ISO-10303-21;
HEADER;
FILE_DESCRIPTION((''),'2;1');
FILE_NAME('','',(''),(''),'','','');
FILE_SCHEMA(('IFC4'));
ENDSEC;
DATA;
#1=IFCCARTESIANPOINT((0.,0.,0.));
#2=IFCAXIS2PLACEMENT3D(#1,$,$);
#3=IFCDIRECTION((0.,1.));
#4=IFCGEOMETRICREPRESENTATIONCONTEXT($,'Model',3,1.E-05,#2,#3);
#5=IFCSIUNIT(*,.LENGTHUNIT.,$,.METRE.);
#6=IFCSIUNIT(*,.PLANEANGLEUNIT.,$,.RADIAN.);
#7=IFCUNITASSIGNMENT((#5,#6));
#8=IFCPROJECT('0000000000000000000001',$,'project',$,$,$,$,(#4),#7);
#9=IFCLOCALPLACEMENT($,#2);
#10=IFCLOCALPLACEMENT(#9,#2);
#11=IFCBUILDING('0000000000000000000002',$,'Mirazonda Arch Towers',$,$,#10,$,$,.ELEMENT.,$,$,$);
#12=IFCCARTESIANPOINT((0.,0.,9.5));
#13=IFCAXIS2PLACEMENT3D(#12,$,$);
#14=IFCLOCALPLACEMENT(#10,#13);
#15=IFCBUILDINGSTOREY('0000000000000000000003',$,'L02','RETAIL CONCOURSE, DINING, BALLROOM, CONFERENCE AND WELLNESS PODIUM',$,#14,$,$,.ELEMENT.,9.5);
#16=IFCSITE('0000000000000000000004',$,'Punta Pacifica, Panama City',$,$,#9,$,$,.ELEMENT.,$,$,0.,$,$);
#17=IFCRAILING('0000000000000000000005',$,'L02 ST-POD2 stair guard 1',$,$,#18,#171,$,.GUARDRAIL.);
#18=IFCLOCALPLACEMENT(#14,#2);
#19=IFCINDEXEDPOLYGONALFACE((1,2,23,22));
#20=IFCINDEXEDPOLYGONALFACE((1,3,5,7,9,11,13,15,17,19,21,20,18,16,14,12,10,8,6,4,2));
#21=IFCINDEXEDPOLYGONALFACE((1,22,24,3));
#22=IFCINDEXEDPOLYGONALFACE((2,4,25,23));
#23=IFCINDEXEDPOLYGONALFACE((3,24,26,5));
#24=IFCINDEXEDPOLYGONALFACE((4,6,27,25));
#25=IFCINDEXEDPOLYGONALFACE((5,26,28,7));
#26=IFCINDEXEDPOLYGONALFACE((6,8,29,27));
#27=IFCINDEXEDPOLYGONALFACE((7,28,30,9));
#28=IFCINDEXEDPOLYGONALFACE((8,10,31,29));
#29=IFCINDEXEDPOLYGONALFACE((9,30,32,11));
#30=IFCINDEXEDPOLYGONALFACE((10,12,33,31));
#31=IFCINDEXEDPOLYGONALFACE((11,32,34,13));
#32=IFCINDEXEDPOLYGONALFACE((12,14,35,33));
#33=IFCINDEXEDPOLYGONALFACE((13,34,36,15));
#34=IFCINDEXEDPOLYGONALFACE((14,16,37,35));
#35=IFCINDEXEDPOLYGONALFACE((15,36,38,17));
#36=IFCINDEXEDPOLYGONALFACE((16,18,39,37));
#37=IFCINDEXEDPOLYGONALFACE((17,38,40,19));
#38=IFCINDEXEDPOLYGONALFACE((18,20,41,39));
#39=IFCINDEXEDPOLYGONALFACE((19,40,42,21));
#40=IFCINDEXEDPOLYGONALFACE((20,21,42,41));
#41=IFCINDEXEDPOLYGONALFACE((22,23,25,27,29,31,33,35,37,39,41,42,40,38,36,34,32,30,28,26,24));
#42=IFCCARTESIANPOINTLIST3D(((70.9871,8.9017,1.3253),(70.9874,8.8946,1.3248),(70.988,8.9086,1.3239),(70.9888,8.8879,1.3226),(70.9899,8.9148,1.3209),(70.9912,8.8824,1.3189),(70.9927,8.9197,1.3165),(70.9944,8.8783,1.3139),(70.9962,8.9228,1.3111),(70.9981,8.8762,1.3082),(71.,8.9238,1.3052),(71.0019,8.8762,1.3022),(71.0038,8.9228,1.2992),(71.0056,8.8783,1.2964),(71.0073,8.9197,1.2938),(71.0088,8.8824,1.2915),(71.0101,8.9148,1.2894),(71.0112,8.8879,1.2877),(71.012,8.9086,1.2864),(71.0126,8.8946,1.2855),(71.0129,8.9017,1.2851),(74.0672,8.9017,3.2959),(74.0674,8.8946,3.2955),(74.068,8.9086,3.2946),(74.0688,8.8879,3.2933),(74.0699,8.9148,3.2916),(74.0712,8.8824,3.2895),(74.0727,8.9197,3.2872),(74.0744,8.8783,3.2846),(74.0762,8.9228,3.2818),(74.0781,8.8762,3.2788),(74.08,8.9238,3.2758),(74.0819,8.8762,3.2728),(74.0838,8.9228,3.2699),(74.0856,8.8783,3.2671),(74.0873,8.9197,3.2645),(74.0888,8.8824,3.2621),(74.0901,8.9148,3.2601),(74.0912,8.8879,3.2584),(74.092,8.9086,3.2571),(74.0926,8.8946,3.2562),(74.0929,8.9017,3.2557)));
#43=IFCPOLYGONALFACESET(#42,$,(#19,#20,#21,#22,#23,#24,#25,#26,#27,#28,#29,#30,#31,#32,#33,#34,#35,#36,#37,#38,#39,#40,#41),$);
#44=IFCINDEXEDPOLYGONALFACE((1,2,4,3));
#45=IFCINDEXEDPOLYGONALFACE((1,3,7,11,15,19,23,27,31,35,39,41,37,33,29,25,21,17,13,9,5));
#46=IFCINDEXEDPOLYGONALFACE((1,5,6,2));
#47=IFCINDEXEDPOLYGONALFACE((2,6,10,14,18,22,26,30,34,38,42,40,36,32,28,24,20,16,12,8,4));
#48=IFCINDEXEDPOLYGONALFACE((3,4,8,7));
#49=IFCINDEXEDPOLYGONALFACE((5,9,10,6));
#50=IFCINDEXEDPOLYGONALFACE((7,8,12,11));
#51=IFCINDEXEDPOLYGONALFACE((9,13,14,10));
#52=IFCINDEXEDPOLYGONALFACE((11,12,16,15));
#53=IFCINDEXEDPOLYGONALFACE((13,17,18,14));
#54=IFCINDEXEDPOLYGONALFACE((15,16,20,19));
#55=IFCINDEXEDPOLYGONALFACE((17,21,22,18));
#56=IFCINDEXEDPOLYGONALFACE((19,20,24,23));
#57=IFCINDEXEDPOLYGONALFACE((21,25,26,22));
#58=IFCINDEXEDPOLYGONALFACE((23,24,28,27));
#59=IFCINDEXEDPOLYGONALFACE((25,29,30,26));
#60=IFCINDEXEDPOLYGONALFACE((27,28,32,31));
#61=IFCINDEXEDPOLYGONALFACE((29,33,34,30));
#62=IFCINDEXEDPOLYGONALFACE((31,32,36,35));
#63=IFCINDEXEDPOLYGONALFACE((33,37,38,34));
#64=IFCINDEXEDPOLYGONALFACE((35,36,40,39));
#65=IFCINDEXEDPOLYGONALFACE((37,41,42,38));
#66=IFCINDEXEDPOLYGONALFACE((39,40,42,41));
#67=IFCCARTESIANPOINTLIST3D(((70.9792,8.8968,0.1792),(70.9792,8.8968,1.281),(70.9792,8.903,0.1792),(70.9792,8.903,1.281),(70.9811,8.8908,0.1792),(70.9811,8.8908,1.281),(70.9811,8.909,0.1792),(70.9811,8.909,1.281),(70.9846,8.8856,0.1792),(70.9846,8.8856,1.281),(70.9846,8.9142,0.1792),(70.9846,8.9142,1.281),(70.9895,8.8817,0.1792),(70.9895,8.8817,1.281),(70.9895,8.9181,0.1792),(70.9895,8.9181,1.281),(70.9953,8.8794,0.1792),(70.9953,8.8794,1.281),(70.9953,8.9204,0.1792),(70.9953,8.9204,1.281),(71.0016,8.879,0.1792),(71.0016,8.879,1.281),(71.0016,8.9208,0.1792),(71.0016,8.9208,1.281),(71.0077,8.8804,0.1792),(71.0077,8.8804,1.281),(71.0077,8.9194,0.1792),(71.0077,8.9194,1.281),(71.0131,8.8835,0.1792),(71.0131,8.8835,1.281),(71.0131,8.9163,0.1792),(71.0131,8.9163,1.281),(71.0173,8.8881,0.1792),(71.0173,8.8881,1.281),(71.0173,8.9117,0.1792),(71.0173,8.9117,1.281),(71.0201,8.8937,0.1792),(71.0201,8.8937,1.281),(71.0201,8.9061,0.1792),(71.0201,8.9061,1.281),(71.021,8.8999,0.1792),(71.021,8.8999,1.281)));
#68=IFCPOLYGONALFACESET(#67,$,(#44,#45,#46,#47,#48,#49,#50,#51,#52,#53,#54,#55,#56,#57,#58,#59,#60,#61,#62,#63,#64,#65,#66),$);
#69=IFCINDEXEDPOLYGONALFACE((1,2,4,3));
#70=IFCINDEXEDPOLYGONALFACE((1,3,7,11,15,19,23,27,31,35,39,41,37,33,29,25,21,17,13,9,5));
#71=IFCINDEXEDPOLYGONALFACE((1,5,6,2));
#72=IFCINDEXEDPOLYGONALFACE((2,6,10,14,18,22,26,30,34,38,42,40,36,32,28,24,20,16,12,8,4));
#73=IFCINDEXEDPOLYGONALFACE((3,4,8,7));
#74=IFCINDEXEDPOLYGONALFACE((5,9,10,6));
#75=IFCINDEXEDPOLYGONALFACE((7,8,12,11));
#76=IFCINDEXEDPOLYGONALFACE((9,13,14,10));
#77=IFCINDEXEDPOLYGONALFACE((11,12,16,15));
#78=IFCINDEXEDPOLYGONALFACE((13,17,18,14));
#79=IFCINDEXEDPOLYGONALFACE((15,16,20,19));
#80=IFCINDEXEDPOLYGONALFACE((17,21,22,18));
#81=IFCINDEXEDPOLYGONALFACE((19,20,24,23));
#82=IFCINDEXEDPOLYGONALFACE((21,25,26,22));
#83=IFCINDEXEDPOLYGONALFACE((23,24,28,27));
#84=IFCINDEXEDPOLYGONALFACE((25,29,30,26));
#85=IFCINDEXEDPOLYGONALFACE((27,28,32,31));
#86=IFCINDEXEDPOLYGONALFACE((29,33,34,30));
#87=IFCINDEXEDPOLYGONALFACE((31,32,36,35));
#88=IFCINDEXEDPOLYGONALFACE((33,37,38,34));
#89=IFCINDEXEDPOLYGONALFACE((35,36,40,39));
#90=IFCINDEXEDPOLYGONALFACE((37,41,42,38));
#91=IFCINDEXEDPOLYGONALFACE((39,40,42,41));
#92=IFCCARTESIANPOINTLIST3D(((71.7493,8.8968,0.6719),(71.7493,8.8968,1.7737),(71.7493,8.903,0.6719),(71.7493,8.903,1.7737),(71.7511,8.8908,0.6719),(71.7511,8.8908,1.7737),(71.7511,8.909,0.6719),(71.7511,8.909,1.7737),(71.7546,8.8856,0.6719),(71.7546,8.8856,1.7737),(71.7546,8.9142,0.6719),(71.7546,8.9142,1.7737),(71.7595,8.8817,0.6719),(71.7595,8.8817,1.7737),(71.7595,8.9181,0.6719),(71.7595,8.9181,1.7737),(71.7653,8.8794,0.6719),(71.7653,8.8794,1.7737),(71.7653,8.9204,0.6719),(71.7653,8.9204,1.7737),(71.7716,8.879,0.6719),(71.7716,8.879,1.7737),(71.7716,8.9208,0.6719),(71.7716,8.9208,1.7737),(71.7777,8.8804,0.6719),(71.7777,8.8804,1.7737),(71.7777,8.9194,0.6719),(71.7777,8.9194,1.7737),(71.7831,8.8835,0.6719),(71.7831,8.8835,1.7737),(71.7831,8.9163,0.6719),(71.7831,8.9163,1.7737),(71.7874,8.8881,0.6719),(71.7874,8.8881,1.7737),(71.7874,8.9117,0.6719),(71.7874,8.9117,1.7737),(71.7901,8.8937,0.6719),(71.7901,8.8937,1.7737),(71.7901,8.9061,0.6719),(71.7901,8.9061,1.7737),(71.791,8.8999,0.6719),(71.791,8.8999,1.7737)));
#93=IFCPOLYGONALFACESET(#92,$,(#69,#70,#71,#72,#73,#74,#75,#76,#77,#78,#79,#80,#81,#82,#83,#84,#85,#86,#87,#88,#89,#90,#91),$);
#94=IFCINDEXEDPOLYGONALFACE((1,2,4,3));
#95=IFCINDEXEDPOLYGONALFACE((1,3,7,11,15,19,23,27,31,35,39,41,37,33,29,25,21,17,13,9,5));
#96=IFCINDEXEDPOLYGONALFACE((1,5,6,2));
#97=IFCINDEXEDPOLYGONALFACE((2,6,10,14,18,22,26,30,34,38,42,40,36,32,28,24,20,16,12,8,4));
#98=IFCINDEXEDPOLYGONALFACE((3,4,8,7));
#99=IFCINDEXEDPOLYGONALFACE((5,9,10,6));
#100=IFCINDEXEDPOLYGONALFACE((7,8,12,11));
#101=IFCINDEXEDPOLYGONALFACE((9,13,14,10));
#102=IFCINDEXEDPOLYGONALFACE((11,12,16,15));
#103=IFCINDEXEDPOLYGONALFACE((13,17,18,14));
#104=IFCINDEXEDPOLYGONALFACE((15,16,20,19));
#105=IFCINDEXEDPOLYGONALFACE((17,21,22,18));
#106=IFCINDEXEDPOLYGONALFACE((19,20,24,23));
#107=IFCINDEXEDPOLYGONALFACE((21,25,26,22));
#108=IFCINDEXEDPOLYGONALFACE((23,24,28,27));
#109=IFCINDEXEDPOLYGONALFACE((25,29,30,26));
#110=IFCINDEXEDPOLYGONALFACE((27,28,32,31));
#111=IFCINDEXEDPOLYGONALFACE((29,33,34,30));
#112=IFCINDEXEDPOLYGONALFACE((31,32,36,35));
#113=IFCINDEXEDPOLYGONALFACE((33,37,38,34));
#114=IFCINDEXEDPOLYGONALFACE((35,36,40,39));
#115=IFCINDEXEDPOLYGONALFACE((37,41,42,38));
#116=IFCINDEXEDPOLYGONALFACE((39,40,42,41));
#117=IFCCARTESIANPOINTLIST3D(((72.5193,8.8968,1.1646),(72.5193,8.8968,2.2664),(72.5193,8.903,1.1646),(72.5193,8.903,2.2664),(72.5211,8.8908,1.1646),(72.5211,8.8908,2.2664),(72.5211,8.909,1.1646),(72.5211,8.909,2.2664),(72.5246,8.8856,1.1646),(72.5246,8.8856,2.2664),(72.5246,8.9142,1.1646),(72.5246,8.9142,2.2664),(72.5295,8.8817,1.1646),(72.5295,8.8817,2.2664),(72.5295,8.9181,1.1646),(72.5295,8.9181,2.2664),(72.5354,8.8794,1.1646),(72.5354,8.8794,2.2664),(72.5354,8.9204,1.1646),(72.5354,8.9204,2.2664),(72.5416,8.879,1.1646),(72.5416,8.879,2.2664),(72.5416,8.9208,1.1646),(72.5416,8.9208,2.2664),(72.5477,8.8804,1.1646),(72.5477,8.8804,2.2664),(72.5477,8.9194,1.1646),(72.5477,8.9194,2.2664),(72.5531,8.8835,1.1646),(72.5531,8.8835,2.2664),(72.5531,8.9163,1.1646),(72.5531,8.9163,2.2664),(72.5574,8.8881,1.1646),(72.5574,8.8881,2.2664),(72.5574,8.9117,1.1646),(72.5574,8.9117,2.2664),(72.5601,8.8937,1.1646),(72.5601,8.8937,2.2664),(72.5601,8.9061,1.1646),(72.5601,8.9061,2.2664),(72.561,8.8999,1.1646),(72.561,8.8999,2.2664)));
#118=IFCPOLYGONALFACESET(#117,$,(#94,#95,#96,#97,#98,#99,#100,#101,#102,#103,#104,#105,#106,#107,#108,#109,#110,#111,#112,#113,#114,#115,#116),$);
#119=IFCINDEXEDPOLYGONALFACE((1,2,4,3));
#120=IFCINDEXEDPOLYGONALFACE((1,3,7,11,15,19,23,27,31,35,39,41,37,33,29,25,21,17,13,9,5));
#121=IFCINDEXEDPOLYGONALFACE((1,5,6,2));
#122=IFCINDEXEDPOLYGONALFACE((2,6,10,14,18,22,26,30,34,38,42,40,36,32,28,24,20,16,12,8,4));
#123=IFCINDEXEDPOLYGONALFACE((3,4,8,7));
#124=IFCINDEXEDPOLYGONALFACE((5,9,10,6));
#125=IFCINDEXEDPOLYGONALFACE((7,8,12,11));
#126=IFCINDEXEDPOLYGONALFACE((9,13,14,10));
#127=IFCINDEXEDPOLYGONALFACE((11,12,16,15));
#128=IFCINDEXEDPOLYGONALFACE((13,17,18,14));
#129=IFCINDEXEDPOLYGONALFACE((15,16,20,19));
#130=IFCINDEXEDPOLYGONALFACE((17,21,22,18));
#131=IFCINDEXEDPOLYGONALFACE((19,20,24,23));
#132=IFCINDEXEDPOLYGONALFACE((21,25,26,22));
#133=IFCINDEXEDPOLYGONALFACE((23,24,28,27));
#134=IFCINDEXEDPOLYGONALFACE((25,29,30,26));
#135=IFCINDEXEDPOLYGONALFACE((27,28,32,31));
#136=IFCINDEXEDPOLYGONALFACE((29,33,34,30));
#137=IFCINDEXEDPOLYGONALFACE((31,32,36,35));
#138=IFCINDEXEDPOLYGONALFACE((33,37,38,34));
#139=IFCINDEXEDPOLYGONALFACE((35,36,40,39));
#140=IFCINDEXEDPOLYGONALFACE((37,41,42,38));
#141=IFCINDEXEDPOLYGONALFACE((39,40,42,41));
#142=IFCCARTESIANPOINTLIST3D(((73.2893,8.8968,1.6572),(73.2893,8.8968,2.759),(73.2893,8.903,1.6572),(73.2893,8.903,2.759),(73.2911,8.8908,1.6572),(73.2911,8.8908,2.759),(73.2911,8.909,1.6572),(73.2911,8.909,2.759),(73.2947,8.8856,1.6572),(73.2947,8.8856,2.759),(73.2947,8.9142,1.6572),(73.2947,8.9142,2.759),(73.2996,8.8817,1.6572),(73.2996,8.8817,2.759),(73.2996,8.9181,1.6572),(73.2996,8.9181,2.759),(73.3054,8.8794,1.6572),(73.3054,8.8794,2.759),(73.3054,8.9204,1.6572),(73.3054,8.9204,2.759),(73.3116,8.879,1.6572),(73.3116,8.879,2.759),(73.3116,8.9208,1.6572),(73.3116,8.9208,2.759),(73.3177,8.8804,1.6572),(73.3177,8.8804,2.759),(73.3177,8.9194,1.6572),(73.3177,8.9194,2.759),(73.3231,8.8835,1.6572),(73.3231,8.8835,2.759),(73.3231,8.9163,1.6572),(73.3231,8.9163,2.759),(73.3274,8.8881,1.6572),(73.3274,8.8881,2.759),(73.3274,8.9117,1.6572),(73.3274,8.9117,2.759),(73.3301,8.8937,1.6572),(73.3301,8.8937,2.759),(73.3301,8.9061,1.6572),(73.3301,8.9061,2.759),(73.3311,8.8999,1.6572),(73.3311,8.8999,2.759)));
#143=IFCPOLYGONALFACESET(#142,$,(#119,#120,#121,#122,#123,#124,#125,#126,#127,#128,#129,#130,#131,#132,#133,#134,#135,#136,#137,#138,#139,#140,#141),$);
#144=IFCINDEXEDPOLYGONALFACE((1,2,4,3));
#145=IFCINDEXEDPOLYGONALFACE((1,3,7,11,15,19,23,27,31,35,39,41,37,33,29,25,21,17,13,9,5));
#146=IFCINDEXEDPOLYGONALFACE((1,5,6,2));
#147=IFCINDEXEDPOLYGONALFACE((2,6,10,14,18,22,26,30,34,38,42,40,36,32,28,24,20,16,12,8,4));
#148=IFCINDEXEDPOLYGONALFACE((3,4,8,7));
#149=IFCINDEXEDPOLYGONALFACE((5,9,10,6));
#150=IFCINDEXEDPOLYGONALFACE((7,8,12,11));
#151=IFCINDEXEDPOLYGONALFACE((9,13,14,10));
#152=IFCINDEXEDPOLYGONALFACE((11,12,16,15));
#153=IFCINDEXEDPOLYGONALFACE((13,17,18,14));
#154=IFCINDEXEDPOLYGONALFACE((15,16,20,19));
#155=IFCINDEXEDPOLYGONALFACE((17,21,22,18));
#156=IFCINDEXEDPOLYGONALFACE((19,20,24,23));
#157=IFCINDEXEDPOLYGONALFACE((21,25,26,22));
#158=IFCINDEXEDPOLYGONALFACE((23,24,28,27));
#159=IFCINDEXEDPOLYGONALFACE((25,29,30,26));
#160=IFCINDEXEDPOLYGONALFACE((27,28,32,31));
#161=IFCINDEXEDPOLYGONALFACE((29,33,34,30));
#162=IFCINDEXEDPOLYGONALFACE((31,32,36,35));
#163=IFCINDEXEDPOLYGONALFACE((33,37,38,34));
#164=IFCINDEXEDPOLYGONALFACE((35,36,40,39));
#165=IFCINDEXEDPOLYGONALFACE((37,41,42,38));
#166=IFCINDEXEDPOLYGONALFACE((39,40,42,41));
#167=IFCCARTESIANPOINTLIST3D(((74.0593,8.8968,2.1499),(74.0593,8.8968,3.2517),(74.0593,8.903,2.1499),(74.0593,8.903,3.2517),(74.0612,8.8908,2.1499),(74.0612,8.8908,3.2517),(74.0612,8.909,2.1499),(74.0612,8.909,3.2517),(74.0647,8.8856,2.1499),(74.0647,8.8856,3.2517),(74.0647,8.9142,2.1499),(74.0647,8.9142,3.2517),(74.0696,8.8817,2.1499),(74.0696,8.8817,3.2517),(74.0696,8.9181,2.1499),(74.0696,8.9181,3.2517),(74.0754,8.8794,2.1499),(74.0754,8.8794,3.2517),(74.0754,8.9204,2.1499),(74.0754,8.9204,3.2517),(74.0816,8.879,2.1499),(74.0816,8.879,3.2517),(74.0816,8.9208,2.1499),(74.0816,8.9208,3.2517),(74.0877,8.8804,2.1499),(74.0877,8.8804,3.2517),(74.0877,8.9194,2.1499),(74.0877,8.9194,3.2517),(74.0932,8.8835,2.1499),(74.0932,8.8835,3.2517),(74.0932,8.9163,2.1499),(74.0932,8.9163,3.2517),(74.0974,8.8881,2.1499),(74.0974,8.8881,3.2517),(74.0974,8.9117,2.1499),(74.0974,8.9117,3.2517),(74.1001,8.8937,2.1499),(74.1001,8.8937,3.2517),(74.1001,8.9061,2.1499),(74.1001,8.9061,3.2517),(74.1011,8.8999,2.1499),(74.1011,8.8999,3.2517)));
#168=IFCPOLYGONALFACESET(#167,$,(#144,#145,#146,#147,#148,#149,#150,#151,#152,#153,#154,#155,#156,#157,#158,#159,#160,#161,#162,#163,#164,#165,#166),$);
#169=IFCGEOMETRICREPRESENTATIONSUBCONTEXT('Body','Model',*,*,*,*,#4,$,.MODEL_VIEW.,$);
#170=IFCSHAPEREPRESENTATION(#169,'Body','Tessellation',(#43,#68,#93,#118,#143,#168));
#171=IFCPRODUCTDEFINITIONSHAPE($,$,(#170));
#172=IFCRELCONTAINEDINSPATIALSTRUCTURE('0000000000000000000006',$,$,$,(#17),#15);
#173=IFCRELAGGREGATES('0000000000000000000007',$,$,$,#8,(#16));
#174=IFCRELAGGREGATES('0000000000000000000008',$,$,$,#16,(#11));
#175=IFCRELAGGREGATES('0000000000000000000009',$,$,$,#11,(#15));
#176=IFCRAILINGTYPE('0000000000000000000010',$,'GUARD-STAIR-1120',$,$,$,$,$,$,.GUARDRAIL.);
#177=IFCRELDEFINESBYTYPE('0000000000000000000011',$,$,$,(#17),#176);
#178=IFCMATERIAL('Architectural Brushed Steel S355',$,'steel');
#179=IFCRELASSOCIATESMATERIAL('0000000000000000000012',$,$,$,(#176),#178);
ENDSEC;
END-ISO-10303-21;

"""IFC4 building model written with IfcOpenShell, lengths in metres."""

from ifc_helpers import new_model, si_unit, direction, frame, origin, origin_2d, place, context, subcontext, project, spatial, circle, extrude, material, type_object, element, save


model = new_model("IFC4")

# Units and contexts
model_context = context("Model", 3, precision=1e-05, world=origin(), true_north=direction((0.0, 1.0)))
body_context = subcontext(model_context, "Body", "Model", "MODEL_VIEW")
ifc_project = project(units=[si_unit("LENGTHUNIT", "METRE"), si_unit("PLANEANGLEUNIT", "RADIAN")], contexts=[model_context])

# Site, building, storey
site_placement = place(None, origin())
site = spatial("IfcSite", under=ifc_project, at=site_placement, Name="Punta Pacifica, Panama City", CompositionType="ELEMENT", RefElevation=0.0)
building_placement = place(site_placement, origin())
building = spatial("IfcBuilding", under=site, at=building_placement, Name="Mirazonda Arch Towers", CompositionType="ELEMENT")
storey_placement = place(building_placement, frame((0.0, 0.0, 9.5)))
storey = spatial("IfcBuildingStorey", under=building, at=storey_placement, Name="L02", Description="RETAIL CONCOURSE, DINING, BALLROOM, CONFERENCE AND WELLNESS PODIUM", CompositionType="ELEMENT", Elevation=9.5)

# Railing
ifc_material_1 = material(Name="Architectural Brushed Steel S355", Category="steel")
railing_type_1 = type_object("IfcRailingType", Name="GUARD-STAIR-1120", PredefinedType="GUARDRAIL", material=ifc_material_1)
railing_1_placement = place(storey_placement, frame((71.0, 8.8999, 0.1792)))
element("IfcRailing", 1, at=railing_1_placement, inside=storey, type_object=railing_type_1, Name="L02 ST-POD2 stair guard 1", PredefinedType="GUARDRAIL", context=body_context, shape_type="SweptSolid", body=[
    extrude(circle(Radius=0.0239, at=origin_2d()), frame((0.0, 0.0, 1.126), z_axis=(0.842339, 0.0, 0.538948), x_axis=(0.0, 1.0, 0.0)), (0.0, 0.0, 1.0), 3.6565),
    extrude(circle(Radius=0.021, at=origin_2d()), origin(), (0.0, 0.0, 1.0), 1.1018),
    extrude(circle(Radius=0.021, at=origin_2d()), frame((0.77, 0.0, 0.4927)), (0.0, 0.0, 1.0), 1.1018),
    extrude(circle(Radius=0.021, at=origin_2d()), frame((1.54, 0.0, 0.9854)), (0.0, 0.0, 1.0), 1.1018),
    extrude(circle(Radius=0.021, at=origin_2d()), frame((2.3101, 0.0, 1.478)), (0.0, 0.0, 1.0), 1.1018),
    extrude(circle(Radius=0.021, at=origin_2d()), frame((3.0801, 0.0, 1.9707)), (0.0, 0.0, 1.0), 1.1018),
])

save(model, "model.ifc")
